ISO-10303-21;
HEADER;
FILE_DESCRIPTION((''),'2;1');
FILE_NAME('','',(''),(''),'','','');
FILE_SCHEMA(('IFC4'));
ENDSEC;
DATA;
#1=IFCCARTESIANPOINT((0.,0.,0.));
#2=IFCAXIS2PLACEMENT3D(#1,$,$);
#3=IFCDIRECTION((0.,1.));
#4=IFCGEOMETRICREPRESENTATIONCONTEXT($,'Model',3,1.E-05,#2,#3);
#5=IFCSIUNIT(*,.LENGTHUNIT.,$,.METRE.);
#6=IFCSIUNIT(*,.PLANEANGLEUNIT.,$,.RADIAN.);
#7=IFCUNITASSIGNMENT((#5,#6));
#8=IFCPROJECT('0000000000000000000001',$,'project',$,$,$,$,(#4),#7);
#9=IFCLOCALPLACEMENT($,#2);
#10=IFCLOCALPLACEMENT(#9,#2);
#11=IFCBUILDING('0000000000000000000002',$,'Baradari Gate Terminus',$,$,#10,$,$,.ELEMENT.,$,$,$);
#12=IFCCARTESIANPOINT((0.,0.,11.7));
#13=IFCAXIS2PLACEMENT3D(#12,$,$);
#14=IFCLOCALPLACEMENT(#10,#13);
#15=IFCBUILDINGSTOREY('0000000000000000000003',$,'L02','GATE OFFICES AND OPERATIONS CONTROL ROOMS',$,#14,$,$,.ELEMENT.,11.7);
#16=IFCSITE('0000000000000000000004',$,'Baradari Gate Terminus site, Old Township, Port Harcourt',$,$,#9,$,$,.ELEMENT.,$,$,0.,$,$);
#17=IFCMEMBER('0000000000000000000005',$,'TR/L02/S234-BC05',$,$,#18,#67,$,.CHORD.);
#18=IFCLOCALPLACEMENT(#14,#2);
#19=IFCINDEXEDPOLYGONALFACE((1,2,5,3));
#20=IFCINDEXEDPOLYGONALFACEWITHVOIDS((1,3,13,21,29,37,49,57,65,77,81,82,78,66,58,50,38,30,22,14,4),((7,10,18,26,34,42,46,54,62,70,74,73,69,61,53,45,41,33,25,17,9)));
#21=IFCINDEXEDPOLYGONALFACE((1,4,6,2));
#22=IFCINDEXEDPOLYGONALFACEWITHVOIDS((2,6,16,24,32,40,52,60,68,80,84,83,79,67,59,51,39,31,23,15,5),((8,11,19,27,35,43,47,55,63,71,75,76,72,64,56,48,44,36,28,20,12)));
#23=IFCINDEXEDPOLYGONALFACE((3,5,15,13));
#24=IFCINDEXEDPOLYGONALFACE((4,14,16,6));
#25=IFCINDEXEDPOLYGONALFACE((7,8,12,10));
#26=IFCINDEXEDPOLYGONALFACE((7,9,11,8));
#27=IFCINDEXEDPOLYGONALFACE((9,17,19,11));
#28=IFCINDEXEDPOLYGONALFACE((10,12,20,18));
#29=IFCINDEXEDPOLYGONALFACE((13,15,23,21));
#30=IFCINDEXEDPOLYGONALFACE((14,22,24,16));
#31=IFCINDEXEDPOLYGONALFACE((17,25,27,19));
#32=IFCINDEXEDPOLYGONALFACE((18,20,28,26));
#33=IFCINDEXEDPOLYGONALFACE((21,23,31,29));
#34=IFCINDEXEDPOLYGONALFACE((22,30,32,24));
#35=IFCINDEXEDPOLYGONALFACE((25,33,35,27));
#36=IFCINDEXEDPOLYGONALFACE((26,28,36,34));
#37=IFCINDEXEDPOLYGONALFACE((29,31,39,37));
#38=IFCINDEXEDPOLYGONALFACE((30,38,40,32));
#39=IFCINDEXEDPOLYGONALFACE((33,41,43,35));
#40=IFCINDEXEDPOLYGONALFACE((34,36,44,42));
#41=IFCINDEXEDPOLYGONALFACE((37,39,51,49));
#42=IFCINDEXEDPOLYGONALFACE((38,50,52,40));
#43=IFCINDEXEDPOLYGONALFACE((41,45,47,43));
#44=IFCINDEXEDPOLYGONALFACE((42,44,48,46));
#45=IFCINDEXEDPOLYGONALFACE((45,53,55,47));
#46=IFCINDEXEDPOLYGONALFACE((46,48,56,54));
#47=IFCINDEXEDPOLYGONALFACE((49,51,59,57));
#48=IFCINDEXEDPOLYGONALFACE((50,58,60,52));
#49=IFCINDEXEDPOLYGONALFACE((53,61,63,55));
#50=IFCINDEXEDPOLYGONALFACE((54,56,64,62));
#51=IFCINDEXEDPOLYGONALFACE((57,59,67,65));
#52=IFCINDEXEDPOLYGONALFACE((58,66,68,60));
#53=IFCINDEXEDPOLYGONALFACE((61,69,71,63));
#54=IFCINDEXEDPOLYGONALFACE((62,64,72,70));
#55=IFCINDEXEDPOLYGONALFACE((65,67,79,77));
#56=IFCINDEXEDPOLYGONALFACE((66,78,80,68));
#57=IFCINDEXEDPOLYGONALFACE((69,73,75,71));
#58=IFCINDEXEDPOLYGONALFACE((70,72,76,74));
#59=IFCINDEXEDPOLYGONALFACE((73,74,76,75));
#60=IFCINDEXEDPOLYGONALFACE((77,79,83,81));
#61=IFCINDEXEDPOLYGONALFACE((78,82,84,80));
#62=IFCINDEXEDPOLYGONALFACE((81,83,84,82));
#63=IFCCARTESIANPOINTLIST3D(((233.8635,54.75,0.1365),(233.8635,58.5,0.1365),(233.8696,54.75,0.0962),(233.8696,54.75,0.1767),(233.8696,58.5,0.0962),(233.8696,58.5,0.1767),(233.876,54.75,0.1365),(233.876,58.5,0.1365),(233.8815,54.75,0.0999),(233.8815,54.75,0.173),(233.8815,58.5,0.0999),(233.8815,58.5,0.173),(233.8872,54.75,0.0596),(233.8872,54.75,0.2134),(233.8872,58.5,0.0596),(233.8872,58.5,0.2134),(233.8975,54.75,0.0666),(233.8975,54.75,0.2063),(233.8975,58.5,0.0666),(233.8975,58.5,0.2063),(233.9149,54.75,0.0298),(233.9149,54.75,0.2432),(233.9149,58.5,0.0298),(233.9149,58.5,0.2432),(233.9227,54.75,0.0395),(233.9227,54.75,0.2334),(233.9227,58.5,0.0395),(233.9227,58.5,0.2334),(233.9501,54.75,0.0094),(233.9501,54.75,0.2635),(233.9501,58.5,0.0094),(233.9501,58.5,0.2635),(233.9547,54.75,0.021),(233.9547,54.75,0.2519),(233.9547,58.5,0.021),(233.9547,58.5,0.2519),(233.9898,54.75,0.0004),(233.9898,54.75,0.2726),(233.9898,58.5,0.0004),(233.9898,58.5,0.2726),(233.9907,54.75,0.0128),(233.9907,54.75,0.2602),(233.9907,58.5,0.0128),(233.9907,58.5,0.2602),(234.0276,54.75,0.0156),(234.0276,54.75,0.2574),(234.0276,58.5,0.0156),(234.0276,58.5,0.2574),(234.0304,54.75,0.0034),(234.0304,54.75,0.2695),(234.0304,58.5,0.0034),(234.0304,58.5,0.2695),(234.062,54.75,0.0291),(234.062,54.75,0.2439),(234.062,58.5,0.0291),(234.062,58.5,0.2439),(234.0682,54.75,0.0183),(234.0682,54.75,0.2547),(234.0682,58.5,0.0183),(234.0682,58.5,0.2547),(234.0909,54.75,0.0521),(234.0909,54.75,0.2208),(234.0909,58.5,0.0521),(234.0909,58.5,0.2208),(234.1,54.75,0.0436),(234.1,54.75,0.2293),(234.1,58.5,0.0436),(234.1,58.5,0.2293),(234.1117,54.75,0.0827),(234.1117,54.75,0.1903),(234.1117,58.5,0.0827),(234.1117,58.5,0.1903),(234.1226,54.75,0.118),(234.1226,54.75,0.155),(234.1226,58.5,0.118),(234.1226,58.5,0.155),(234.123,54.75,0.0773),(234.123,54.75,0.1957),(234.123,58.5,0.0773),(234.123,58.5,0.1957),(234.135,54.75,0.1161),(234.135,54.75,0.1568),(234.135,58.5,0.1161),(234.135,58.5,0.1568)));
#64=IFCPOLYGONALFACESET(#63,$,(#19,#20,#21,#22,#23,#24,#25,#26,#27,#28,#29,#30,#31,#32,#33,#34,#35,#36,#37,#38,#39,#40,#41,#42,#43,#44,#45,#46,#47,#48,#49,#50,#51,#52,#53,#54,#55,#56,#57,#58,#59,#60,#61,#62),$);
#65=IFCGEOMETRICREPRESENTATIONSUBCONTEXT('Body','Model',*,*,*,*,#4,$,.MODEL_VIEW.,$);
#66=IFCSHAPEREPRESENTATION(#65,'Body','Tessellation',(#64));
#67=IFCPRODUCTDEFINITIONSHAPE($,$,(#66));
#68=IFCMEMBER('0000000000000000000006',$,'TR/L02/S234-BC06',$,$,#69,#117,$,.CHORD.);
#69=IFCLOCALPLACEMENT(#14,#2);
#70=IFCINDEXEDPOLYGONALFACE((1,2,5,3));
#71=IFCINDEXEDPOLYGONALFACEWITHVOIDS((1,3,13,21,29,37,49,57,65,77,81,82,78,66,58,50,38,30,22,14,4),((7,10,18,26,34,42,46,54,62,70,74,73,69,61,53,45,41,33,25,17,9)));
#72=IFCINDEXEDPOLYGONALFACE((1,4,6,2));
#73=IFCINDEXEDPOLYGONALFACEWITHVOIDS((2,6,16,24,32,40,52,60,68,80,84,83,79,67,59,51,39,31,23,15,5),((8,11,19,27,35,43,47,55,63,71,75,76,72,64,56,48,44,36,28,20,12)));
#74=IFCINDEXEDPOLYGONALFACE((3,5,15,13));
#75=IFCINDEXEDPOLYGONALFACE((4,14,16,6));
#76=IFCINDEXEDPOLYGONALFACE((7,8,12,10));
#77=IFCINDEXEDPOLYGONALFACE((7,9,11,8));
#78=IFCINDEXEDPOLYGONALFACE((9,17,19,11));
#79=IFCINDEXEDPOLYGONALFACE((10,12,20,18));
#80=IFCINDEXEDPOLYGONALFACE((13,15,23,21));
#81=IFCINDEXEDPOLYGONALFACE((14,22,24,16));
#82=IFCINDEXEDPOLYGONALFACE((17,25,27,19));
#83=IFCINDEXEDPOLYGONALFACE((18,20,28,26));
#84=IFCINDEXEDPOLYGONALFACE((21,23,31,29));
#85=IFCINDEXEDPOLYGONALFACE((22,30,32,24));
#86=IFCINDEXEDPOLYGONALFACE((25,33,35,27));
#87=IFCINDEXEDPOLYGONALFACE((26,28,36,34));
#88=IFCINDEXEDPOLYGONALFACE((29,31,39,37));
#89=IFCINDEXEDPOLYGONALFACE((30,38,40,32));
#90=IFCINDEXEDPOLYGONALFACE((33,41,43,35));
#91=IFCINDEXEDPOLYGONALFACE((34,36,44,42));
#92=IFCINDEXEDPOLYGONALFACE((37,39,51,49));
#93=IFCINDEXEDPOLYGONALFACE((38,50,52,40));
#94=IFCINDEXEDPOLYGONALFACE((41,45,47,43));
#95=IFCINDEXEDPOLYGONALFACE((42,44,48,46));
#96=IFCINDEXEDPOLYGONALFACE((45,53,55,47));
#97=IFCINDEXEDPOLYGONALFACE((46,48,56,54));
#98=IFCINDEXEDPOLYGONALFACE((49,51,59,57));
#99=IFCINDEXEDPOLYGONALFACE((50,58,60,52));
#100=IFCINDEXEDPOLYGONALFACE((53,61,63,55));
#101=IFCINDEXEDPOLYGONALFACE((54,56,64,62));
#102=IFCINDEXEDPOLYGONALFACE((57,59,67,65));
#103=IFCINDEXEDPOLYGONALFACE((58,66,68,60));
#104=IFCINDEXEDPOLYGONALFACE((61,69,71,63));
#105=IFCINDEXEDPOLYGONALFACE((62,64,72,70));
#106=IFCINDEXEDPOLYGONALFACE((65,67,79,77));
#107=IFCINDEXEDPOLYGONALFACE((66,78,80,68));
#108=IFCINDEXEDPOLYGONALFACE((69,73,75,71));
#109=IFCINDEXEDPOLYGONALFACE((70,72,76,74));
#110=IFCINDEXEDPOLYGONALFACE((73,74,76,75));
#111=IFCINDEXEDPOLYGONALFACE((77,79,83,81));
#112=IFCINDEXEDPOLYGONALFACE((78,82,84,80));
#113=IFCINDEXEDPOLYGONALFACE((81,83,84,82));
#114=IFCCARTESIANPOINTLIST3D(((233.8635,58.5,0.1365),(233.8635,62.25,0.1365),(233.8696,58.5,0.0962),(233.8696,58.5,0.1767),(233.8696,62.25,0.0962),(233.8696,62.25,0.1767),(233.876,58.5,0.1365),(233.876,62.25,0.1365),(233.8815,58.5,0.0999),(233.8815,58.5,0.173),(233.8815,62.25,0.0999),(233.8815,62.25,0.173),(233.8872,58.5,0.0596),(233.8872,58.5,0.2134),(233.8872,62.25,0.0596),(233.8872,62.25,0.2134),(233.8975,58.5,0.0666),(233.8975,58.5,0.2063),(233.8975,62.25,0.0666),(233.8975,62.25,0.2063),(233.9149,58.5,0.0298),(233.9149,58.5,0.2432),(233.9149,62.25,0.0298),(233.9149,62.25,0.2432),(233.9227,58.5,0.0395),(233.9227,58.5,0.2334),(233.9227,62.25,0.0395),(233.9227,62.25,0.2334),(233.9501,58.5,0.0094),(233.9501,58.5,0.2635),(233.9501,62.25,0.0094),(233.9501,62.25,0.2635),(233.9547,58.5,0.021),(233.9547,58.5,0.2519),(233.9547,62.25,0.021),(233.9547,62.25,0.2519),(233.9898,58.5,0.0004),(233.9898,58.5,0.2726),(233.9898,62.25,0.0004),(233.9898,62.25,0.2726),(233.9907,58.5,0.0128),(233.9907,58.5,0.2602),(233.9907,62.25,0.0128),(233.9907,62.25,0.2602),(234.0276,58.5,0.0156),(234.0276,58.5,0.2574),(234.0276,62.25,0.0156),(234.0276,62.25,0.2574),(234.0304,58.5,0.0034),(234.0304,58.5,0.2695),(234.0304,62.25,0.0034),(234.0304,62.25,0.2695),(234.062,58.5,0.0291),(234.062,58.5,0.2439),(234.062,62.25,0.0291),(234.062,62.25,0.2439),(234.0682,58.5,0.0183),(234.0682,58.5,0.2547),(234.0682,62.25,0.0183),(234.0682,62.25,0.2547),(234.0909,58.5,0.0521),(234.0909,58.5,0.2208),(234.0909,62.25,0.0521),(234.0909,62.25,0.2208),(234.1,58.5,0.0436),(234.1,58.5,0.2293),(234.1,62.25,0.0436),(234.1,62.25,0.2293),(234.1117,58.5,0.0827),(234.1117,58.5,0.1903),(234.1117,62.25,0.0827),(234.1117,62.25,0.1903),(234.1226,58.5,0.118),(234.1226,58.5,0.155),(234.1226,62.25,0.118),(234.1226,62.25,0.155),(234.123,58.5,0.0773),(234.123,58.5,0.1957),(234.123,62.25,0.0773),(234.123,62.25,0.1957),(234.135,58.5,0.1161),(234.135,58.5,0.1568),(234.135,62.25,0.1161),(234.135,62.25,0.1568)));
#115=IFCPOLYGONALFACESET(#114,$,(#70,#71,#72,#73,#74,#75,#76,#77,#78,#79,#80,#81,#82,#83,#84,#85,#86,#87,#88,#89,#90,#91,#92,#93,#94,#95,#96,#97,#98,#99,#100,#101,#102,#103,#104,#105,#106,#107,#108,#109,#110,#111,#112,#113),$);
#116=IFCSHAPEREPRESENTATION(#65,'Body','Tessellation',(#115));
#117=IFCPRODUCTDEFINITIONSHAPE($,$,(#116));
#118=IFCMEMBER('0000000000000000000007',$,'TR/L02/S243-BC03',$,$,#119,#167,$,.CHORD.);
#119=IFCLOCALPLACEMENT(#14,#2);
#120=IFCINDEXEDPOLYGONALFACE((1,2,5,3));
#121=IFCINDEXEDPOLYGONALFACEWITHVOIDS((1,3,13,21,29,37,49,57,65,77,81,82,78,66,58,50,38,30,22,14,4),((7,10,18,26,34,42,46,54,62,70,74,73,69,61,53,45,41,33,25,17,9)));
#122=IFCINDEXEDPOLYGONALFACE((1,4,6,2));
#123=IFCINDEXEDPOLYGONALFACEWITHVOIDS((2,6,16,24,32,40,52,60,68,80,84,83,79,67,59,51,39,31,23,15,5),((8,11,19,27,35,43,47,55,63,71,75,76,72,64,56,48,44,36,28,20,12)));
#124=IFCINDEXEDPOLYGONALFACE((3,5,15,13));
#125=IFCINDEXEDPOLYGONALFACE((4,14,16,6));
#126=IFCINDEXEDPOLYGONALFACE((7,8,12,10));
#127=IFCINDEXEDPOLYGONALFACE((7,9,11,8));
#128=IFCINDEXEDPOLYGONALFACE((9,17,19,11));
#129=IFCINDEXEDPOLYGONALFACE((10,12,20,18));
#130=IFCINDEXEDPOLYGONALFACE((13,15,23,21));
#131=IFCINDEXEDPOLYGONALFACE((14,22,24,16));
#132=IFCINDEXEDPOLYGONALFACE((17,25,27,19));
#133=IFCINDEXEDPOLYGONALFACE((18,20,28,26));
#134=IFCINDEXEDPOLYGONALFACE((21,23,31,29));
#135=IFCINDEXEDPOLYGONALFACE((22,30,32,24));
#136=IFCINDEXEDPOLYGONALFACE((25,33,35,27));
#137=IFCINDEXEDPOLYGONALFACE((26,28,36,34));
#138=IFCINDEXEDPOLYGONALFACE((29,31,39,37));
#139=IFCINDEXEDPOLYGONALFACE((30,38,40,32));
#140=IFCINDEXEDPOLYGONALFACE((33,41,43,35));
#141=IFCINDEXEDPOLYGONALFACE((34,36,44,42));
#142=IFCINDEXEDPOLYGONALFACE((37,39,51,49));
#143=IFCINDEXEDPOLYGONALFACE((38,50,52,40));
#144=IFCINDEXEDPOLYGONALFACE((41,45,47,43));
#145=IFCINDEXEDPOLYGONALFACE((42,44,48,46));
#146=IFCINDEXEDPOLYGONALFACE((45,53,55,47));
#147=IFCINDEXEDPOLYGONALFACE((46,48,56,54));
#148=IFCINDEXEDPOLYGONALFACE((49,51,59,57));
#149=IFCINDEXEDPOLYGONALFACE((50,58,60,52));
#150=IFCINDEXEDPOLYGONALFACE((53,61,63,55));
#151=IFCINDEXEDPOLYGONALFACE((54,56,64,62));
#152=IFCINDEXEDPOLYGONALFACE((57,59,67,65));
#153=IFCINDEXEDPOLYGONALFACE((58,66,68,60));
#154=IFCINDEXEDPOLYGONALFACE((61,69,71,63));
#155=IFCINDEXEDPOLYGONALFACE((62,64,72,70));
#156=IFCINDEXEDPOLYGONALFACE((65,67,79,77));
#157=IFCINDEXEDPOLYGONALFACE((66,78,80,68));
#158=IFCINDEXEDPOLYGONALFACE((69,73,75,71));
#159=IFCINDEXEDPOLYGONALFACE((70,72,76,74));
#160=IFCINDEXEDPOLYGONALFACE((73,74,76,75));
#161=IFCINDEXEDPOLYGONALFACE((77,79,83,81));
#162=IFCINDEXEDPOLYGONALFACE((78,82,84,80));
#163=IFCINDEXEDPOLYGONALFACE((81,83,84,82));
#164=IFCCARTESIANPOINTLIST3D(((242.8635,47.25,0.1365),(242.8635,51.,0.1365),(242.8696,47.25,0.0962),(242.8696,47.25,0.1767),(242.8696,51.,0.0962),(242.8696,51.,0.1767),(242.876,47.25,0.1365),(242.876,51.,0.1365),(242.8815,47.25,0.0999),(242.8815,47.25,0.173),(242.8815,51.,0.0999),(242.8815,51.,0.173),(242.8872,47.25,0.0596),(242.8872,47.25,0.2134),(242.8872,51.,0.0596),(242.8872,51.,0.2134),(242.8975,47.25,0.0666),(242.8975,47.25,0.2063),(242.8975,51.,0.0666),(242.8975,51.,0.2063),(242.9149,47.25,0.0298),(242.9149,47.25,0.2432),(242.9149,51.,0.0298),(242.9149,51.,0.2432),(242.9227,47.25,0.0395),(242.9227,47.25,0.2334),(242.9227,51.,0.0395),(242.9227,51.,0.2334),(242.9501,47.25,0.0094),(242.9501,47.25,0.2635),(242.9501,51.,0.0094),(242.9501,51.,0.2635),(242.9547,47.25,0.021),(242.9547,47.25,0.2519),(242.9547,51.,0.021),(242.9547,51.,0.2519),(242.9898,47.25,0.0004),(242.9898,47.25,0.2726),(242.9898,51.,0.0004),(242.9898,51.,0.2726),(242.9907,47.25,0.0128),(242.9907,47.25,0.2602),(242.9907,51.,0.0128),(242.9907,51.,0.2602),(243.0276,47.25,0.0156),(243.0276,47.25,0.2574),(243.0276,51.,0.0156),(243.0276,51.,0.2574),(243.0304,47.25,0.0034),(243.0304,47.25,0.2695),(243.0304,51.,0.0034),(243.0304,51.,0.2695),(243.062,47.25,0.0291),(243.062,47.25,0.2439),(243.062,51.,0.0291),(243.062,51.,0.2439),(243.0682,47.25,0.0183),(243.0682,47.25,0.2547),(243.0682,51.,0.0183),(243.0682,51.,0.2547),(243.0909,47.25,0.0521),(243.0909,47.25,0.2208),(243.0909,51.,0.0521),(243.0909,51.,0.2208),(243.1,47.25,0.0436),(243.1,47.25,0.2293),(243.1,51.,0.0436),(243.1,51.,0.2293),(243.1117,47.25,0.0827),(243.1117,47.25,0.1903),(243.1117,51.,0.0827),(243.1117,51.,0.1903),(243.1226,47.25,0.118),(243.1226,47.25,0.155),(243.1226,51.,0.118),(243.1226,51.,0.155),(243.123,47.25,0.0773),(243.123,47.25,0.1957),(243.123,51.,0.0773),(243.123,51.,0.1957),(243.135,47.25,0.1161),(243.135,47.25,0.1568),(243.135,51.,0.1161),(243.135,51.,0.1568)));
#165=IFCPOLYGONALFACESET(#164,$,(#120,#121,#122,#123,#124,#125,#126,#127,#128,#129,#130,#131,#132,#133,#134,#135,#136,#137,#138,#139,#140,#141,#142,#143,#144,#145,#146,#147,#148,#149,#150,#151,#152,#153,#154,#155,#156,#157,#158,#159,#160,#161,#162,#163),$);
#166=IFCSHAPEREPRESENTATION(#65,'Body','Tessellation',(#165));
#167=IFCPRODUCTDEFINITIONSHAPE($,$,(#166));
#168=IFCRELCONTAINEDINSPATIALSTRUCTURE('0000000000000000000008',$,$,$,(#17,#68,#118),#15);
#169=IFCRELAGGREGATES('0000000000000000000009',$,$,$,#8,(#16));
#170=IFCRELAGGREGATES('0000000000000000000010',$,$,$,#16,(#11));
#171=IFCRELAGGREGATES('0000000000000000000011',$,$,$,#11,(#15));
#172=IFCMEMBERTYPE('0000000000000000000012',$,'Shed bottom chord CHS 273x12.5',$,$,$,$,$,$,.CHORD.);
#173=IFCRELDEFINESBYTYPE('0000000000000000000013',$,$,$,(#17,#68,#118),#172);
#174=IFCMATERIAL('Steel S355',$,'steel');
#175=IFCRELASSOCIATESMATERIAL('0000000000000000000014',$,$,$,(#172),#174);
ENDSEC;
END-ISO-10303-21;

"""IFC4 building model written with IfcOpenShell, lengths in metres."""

from ifc_helpers import new_model, si_unit, direction, frame, origin, origin_2d, place, context, subcontext, project, spatial, hollow_circle, extrude, material, material_profile, profile_set, type_object, element, save


model = new_model("IFC4")

# Units and contexts
model_context = context("Model", 3, precision=1e-05, world=origin(), true_north=direction((0.0, 1.0)))
body_context = subcontext(model_context, "Body", "Model", "MODEL_VIEW")
ifc_project = project(units=[si_unit("LENGTHUNIT", "METRE"), si_unit("PLANEANGLEUNIT", "RADIAN")], contexts=[model_context])

# Site, building, storey
site_placement = place(None, origin())
site = spatial("IfcSite", under=ifc_project, at=site_placement, Name="Baradari Gate Terminus site, Old Township, Port Harcourt", CompositionType="ELEMENT", RefElevation=0.0)
building_placement = place(site_placement, origin())
building = spatial("IfcBuilding", under=site, at=building_placement, Name="Baradari Gate Terminus", CompositionType="ELEMENT")
storey_placement = place(building_placement, frame((0.0, 0.0, 11.7)))
storey = spatial("IfcBuildingStorey", under=building, at=storey_placement, Name="L02", Description="GATE OFFICES AND OPERATIONS CONTROL ROOMS", CompositionType="ELEMENT", Elevation=11.7)

# Members
ifc_material_1 = material(Name="Steel S355", Category="steel")
ifc_material_profile_1 = material_profile(ifc_material_1, hollow_circle(Radius=0.1365, WallThickness=0.0125, at=origin_2d()), Name="CHS 273x12.5")
ifc_profile_set_1 = profile_set([ifc_material_profile_1], Name="Steel S355")
member_type_1 = type_object("IfcMemberType", Name="Shed bottom chord CHS 273x12.5", PredefinedType="CHORD", material=ifc_profile_set_1)
for number, where, z_axis, x_axis, name in (
    (1, (234.0, 54.75, 0.1365), (0.0, 1.0, 0.0), (-1.0, 0.0, 0.0), "TR/L02/S234-BC05"),
    (2, (234.0, 58.5, 0.1365), (0.0, 1.0, 0.0), (-1.0, 0.0, 0.0), "TR/L02/S234-BC06"),
    (3, (243.0, 47.25, 0.1365), (0.0, 1.0, 0.0), (-1.0, 0.0, 0.0), "TR/L02/S243-BC03"),
):
    element("IfcMember", number, at=place(storey_placement, frame(where, z_axis=z_axis, x_axis=x_axis)), inside=storey, type_object=member_type_1, Name=name, PredefinedType="CHORD", context=body_context, shape_type="SweptSolid", body=[
        extrude(hollow_circle(Radius=0.1365, WallThickness=0.0125, at=origin_2d()), origin(), (0.0, 0.0, 1.0), 3.75),
    ])

save(model, "model.ifc")
